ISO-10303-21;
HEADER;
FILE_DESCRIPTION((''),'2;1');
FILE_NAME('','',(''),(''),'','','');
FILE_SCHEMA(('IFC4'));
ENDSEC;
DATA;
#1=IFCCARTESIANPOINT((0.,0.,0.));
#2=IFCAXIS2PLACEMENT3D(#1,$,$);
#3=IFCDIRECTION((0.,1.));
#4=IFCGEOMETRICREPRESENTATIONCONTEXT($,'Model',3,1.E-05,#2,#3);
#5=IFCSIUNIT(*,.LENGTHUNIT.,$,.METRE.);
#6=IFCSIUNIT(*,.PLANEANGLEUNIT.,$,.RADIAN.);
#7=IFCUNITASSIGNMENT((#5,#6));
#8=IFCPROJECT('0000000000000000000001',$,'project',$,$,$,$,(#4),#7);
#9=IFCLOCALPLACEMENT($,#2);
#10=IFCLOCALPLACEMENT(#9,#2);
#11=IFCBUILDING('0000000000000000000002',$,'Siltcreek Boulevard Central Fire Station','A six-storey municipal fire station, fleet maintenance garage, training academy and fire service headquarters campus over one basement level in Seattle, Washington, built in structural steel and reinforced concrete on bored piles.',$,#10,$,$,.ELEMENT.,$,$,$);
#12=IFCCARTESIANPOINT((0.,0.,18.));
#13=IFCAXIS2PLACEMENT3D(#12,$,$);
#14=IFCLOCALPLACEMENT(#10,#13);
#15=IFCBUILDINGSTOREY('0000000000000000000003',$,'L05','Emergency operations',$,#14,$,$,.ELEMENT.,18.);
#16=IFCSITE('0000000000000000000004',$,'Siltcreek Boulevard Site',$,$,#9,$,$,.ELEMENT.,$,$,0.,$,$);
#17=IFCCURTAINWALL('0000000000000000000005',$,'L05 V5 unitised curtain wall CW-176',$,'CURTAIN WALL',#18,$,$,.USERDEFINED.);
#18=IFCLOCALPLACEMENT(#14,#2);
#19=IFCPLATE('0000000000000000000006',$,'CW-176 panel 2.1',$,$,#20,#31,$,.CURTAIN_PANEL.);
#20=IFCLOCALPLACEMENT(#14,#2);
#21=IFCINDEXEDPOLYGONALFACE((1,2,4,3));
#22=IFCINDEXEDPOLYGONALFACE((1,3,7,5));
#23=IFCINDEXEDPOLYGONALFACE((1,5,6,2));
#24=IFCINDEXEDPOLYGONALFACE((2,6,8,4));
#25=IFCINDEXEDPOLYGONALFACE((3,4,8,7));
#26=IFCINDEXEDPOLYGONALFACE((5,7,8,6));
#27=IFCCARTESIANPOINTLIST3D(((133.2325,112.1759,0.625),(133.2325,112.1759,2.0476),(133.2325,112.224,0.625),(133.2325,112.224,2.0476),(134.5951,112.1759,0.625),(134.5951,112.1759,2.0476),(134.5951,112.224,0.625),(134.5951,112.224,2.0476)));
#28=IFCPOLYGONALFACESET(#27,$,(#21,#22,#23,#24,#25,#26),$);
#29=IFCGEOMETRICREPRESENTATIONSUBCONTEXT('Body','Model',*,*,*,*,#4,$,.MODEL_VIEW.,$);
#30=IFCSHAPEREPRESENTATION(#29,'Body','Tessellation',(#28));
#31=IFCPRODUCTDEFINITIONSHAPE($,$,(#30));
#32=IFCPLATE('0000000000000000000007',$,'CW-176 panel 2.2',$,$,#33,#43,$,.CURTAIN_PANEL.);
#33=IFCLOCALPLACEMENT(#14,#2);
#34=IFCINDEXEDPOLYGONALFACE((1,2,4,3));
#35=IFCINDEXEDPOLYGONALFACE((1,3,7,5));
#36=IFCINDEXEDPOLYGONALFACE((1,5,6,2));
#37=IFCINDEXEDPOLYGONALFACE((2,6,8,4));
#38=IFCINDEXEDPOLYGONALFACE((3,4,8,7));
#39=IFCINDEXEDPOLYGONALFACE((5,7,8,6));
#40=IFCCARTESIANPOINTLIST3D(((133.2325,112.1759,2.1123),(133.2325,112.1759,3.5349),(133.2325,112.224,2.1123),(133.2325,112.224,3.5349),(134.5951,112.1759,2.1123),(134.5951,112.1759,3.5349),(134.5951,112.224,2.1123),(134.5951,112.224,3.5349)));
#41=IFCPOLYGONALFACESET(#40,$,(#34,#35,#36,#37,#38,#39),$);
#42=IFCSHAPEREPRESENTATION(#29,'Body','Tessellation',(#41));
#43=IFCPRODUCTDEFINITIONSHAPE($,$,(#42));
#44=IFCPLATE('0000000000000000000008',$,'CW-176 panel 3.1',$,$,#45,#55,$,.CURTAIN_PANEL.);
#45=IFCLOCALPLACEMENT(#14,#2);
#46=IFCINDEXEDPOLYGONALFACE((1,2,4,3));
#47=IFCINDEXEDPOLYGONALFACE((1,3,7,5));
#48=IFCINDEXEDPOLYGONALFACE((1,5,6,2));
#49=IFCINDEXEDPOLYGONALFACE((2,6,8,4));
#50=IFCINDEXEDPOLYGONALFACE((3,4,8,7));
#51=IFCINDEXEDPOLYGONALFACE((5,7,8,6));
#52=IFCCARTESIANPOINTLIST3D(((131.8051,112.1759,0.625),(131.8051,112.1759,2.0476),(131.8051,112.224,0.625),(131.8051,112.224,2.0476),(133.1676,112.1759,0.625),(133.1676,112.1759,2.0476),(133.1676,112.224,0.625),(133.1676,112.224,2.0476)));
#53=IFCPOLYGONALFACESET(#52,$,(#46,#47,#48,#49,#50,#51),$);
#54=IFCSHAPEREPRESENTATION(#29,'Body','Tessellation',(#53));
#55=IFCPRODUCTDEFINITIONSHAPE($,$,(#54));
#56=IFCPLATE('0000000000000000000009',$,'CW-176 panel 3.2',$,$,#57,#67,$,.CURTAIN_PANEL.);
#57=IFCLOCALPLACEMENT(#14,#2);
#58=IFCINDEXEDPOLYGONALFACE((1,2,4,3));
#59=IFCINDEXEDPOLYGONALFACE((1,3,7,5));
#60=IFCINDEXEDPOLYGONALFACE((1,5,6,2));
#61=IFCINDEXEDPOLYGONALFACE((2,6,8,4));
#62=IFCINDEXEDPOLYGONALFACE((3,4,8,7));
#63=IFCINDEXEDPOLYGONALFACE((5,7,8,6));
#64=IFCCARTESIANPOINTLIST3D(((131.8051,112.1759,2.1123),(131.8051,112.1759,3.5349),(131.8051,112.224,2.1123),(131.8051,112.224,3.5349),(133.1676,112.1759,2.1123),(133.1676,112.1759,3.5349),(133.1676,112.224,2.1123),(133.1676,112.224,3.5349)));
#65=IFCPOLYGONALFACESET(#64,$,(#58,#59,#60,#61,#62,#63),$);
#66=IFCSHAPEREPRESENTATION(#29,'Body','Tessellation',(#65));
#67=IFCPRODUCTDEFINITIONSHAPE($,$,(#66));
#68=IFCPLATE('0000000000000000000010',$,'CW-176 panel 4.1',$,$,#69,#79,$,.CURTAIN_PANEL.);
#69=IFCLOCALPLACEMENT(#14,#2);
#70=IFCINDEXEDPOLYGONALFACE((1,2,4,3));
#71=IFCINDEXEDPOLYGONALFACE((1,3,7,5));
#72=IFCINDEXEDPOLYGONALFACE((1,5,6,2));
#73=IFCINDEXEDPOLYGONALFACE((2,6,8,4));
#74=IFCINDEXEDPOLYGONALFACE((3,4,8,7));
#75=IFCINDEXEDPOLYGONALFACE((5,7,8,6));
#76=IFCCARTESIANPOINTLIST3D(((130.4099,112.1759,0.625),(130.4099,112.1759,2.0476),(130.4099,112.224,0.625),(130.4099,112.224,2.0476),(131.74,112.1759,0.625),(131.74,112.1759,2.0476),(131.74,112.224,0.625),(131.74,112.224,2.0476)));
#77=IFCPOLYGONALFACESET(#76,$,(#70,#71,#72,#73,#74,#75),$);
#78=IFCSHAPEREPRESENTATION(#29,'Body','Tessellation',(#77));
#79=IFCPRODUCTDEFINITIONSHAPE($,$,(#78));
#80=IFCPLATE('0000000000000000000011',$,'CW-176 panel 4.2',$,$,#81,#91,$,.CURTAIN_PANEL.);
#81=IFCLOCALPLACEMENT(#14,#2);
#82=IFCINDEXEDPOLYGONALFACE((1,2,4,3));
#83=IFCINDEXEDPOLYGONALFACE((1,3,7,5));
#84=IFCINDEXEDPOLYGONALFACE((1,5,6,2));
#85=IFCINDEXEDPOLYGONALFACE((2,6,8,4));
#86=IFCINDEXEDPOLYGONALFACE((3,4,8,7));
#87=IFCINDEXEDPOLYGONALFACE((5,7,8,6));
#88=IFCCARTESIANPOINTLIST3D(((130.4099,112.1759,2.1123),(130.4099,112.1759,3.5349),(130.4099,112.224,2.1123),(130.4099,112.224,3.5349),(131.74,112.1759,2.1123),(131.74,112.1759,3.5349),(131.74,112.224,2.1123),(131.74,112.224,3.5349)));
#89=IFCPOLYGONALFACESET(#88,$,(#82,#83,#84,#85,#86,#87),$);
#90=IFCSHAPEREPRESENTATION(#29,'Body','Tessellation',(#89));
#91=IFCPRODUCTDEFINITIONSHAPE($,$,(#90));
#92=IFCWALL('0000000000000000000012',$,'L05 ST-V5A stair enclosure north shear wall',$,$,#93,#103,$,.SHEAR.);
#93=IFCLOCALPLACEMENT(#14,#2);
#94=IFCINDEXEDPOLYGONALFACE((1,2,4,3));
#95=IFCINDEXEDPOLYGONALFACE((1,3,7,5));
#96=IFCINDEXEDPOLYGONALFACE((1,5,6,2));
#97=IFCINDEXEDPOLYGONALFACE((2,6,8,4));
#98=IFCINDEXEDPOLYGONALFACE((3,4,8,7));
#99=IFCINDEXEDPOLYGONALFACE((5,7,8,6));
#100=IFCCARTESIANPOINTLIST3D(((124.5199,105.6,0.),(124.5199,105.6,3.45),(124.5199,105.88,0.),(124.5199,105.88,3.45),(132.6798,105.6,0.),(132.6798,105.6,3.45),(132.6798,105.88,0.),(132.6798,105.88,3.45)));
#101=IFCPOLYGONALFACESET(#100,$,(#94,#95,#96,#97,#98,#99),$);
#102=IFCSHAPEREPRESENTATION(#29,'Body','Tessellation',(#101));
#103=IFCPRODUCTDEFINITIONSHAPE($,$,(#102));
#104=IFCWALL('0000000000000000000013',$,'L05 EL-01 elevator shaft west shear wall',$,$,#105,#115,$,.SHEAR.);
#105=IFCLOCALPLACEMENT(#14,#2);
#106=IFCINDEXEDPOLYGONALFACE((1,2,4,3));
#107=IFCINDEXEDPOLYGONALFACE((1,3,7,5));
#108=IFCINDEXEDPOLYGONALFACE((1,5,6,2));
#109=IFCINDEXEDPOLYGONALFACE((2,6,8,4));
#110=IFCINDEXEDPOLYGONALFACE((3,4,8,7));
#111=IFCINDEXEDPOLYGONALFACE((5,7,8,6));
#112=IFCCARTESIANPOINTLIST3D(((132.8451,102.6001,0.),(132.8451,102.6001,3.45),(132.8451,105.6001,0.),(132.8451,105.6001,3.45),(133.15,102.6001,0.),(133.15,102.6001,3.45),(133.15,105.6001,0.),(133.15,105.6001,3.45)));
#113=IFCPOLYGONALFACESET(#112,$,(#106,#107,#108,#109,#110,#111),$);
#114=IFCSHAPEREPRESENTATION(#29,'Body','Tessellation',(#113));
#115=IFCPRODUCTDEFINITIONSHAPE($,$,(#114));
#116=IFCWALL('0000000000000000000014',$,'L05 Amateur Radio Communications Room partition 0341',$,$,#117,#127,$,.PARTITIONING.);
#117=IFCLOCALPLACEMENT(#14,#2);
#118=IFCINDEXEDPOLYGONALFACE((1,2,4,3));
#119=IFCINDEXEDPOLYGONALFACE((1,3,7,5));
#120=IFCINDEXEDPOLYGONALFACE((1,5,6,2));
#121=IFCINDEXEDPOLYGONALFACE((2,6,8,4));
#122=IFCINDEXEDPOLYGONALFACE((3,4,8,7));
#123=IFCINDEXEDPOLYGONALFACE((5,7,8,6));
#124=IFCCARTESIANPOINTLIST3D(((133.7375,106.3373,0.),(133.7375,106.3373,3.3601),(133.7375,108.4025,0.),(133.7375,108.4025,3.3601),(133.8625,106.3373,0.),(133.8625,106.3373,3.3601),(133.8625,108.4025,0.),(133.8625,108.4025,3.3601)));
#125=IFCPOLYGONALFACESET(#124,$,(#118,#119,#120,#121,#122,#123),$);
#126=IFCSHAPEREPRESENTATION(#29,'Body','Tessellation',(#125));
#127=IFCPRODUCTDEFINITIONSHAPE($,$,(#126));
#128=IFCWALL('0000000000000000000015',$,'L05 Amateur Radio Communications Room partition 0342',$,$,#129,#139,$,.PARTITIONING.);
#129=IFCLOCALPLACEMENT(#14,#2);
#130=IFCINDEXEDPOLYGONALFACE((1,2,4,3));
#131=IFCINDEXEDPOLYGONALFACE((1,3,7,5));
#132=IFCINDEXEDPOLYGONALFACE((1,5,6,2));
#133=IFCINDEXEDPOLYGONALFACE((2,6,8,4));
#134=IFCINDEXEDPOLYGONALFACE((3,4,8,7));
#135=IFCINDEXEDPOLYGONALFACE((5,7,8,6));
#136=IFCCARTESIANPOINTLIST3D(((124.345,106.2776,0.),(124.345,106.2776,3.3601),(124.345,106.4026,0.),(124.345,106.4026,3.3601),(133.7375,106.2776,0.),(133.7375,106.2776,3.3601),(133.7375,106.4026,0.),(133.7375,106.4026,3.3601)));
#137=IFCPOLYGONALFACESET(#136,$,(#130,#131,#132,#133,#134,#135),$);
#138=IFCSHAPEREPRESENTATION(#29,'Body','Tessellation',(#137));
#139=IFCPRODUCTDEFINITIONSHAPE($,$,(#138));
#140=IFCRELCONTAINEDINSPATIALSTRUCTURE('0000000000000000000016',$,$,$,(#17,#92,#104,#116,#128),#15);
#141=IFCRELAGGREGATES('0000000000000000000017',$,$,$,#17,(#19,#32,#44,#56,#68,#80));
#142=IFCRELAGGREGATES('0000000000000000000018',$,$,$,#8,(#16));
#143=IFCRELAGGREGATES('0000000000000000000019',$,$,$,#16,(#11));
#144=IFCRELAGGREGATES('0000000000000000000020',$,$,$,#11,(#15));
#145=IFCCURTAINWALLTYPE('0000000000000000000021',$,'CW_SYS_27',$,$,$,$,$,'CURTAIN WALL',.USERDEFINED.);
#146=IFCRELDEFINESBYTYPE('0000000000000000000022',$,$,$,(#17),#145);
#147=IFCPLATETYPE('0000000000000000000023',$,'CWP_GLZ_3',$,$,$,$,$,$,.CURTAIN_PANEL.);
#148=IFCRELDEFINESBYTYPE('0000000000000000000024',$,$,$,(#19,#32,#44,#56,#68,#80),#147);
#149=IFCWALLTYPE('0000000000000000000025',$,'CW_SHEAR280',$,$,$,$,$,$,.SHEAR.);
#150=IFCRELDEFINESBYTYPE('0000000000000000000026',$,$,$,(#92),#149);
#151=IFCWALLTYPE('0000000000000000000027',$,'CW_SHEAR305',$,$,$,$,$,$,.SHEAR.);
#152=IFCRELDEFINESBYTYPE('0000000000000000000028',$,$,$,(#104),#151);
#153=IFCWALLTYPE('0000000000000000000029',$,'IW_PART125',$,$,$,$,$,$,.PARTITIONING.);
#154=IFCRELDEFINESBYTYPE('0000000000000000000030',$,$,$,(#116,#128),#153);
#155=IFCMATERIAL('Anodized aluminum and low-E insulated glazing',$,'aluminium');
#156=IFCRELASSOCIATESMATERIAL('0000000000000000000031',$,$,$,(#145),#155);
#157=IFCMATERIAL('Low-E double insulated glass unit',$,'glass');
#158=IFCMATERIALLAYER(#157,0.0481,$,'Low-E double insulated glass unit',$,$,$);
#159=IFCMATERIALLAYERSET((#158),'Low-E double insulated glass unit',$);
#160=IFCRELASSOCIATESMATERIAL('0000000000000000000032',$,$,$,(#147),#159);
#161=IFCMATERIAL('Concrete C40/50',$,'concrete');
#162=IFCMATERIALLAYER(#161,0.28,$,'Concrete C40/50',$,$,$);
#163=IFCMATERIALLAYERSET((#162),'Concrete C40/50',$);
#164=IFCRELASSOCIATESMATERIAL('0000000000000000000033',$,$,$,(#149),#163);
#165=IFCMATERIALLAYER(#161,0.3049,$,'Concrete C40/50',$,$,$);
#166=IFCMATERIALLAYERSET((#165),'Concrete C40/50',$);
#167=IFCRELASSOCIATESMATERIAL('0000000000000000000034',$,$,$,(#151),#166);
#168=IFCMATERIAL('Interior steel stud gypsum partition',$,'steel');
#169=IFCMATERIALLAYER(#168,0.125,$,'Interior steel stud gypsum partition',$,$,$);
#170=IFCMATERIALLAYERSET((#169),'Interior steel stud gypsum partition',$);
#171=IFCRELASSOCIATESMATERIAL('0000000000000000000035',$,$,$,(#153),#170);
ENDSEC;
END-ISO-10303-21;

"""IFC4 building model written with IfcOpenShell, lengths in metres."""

from ifc_helpers import new_model, si_unit, direction, frame, frame_2d, origin, origin_2d, place, context, subcontext, project, spatial, rectangle, extrude, material, layer, layer_set, type_object, element, aggregate, save


model = new_model("IFC4")

# Units and contexts
model_context = context("Model", 3, precision=1e-05, world=origin(), true_north=direction((0.0, 1.0)))
body_context = subcontext(model_context, "Body", "Model", "MODEL_VIEW")
ifc_project = project(units=[si_unit("LENGTHUNIT", "METRE"), si_unit("PLANEANGLEUNIT", "RADIAN")], contexts=[model_context])

# Site, building, storey
site_placement = place(None, origin())
site = spatial("IfcSite", under=ifc_project, at=site_placement, Name="Siltcreek Boulevard Site", CompositionType="ELEMENT", RefElevation=0.0)
building_placement = place(site_placement, origin())
building = spatial("IfcBuilding", under=site, at=building_placement, Name="Siltcreek Boulevard Central Fire Station", Description="A six-storey municipal fire station, fleet maintenance garage, training academy and fire service headquarters campus over one basement level in Seattle, Washington, built in structural steel and reinforced concrete on bored piles.", CompositionType="ELEMENT")
storey_placement = place(building_placement, frame((0.0, 0.0, 18.0)))
storey = spatial("IfcBuildingStorey", under=building, at=storey_placement, Name="L05", Description="Emergency operations", CompositionType="ELEMENT", Elevation=18.0)

# Curtain wall
ifc_material_1 = material(Name="Anodized aluminum and low-E insulated glazing", Category="aluminium")
curtain_wall_type = type_object("IfcCurtainWallType", Name="CW_SYS_27", ElementType="CURTAIN WALL", PredefinedType="USERDEFINED", material=ifc_material_1)
curtain_wall_placement = place(storey_placement, origin())
curtain_wall = element("IfcCurtainWall", 1, at=curtain_wall_placement, inside=storey, type_object=curtain_wall_type, Name="L05 V5 unitised curtain wall CW-176", ObjectType="CURTAIN WALL", PredefinedType="USERDEFINED")

# Plates
ifc_material_2 = material(Name="Low-E double insulated glass unit", Category="glass")
ifc_layer_1 = layer(ifc_material_2, 0.0481, Name="Low-E double insulated glass unit")
ifc_layer_set_1 = layer_set([ifc_layer_1], Name="Low-E double insulated glass unit")
plate_type = type_object("IfcPlateType", Name="CWP_GLZ_3", PredefinedType="CURTAIN_PANEL", material=ifc_layer_set_1)
plate_1_placement = place(storey_placement, frame((133.9138, 112.2, 0.625), z_axis=(0.0, 0.0, 1.0), x_axis=(-1.0, 0.0, 0.0)))
plate_1 = element("IfcPlate", 2, at=plate_1_placement, type_object=plate_type, Name="CW-176 panel 2.1", PredefinedType="CURTAIN_PANEL", context=body_context, shape_type="SweptSolid", body=[
    extrude(rectangle(XDim=1.3625, YDim=0.0481, at=origin_2d()), origin(), (0.0, 0.0, 1.0), 1.4226),
])
plate_2_placement = place(storey_placement, frame((133.9138, 112.2, 2.1123), z_axis=(0.0, 0.0, 1.0), x_axis=(-1.0, 0.0, 0.0)))
plate_2 = element("IfcPlate", 3, at=plate_2_placement, type_object=plate_type, Name="CW-176 panel 2.2", PredefinedType="CURTAIN_PANEL", context=body_context, shape_type="SweptSolid", body=[
    extrude(rectangle(XDim=1.3625, YDim=0.0481, at=origin_2d()), origin(), (0.0, 0.0, 1.0), 1.4226),
])
plate_3_placement = place(storey_placement, frame((132.4863, 112.2, 0.625), z_axis=(0.0, 0.0, 1.0), x_axis=(-1.0, 0.0, 0.0)))
plate_3 = element("IfcPlate", 4, at=plate_3_placement, type_object=plate_type, Name="CW-176 panel 3.1", PredefinedType="CURTAIN_PANEL", context=body_context, shape_type="SweptSolid", body=[
    extrude(rectangle(XDim=1.3625, YDim=0.0481, at=origin_2d()), origin(), (0.0, 0.0, 1.0), 1.4226),
])
plate_4_placement = place(storey_placement, frame((132.4863, 112.2, 2.1123), z_axis=(0.0, 0.0, 1.0), x_axis=(-1.0, 0.0, 0.0)))
plate_4 = element("IfcPlate", 5, at=plate_4_placement, type_object=plate_type, Name="CW-176 panel 3.2", PredefinedType="CURTAIN_PANEL", context=body_context, shape_type="SweptSolid", body=[
    extrude(rectangle(XDim=1.3625, YDim=0.0481, at=origin_2d()), origin(), (0.0, 0.0, 1.0), 1.4226),
])
plate_5_placement = place(storey_placement, frame((131.075, 112.2, 0.625), z_axis=(0.0, 0.0, 1.0), x_axis=(-1.0, 0.0, 0.0)))
plate_5 = element("IfcPlate", 6, at=plate_5_placement, type_object=plate_type, Name="CW-176 panel 4.1", PredefinedType="CURTAIN_PANEL", context=body_context, shape_type="SweptSolid", body=[
    extrude(rectangle(XDim=1.3301, YDim=0.0481, at=origin_2d()), origin(), (0.0, 0.0, 1.0), 1.4226),
])
plate_6_placement = place(storey_placement, frame((131.075, 112.2, 2.1123), z_axis=(0.0, 0.0, 1.0), x_axis=(-1.0, 0.0, 0.0)))
plate_6 = element("IfcPlate", 7, at=plate_6_placement, type_object=plate_type, Name="CW-176 panel 4.2", PredefinedType="CURTAIN_PANEL", context=body_context, shape_type="SweptSolid", body=[
    extrude(rectangle(XDim=1.3301, YDim=0.0481, at=origin_2d()), origin(), (0.0, 0.0, 1.0), 1.4226),
])
aggregate(curtain_wall, [plate_1, plate_2, plate_3, plate_4, plate_5, plate_6])

# Walls
ifc_material_3 = material(Name="Concrete C40/50", Category="concrete")
ifc_layer_2 = layer(ifc_material_3, 0.28, Name="Concrete C40/50")
ifc_layer_set_2 = layer_set([ifc_layer_2], Name="Concrete C40/50")
wall_type_1 = type_object("IfcWallType", Name="CW_SHEAR280", PredefinedType="SHEAR", material=ifc_layer_set_2)
wall_1_placement = place(storey_placement, frame((132.6799, 105.74, 0.0), z_axis=(0.0, 0.0, 1.0), x_axis=(-1.0, 0.0, 0.0)))
element("IfcWall", 8, at=wall_1_placement, inside=storey, type_object=wall_type_1, Name="L05 ST-V5A stair enclosure north shear wall", PredefinedType="SHEAR", context=body_context, shape_type="SweptSolid", body=[
    extrude(rectangle(XDim=8.1599, YDim=0.28, at=frame_2d((4.0801, 0.0))), origin(), (0.0, 0.0, 1.0), 3.45),
])
ifc_layer_3 = layer(ifc_material_3, 0.3049, Name="Concrete C40/50")
ifc_layer_set_3 = layer_set([ifc_layer_3], Name="Concrete C40/50")
wall_type_2 = type_object("IfcWallType", Name="CW_SHEAR305", PredefinedType="SHEAR", material=ifc_layer_set_3)
wall_2_placement = place(storey_placement, frame((132.9976, 105.6001, 0.0), z_axis=(0.0, 0.0, 1.0), x_axis=(0.0, -1.0, 0.0)))
element("IfcWall", 9, at=wall_2_placement, inside=storey, type_object=wall_type_2, Name="L05 EL-01 elevator shaft west shear wall", PredefinedType="SHEAR", context=body_context, shape_type="SweptSolid", body=[
    extrude(rectangle(XDim=3.0, YDim=0.3049, at=frame_2d((1.5, 0.0))), origin(), (0.0, 0.0, 1.0), 3.45),
])
ifc_material_4 = material(Name="Interior steel stud gypsum partition", Category="steel")
ifc_layer_4 = layer(ifc_material_4, 0.125, Name="Interior steel stud gypsum partition")
ifc_layer_set_4 = layer_set([ifc_layer_4], Name="Interior steel stud gypsum partition")
wall_type_3 = type_object("IfcWallType", Name="IW_PART125", PredefinedType="PARTITIONING", material=ifc_layer_set_4)
wall_3_placement = place(storey_placement, frame((133.8, 108.4026, 0.0), z_axis=(0.0, 0.0, 1.0), x_axis=(0.0, -1.0, 0.0)))
element("IfcWall", 10, at=wall_3_placement, inside=storey, type_object=wall_type_3, Name="L05 Amateur Radio Communications Room partition 0341", PredefinedType="PARTITIONING", context=body_context, shape_type="SweptSolid", body=[
    extrude(rectangle(XDim=2.0652, YDim=0.125, at=frame_2d((1.0327, 0.0))), origin(), (0.0, 0.0, 1.0), 3.3601),
])
wall_4_placement = place(storey_placement, frame((133.7375, 106.3401, 0.0), z_axis=(0.0, 0.0, 1.0), x_axis=(-1.0, 0.0, 0.0)))
element("IfcWall", 11, at=wall_4_placement, inside=storey, type_object=wall_type_3, Name="L05 Amateur Radio Communications Room partition 0342", PredefinedType="PARTITIONING", context=body_context, shape_type="SweptSolid", body=[
    extrude(rectangle(XDim=9.3926, YDim=0.125, at=frame_2d((4.6963, 0.0))), origin(), (0.0, 0.0, 1.0), 3.3601),
])

save(model, "model.ifc")
